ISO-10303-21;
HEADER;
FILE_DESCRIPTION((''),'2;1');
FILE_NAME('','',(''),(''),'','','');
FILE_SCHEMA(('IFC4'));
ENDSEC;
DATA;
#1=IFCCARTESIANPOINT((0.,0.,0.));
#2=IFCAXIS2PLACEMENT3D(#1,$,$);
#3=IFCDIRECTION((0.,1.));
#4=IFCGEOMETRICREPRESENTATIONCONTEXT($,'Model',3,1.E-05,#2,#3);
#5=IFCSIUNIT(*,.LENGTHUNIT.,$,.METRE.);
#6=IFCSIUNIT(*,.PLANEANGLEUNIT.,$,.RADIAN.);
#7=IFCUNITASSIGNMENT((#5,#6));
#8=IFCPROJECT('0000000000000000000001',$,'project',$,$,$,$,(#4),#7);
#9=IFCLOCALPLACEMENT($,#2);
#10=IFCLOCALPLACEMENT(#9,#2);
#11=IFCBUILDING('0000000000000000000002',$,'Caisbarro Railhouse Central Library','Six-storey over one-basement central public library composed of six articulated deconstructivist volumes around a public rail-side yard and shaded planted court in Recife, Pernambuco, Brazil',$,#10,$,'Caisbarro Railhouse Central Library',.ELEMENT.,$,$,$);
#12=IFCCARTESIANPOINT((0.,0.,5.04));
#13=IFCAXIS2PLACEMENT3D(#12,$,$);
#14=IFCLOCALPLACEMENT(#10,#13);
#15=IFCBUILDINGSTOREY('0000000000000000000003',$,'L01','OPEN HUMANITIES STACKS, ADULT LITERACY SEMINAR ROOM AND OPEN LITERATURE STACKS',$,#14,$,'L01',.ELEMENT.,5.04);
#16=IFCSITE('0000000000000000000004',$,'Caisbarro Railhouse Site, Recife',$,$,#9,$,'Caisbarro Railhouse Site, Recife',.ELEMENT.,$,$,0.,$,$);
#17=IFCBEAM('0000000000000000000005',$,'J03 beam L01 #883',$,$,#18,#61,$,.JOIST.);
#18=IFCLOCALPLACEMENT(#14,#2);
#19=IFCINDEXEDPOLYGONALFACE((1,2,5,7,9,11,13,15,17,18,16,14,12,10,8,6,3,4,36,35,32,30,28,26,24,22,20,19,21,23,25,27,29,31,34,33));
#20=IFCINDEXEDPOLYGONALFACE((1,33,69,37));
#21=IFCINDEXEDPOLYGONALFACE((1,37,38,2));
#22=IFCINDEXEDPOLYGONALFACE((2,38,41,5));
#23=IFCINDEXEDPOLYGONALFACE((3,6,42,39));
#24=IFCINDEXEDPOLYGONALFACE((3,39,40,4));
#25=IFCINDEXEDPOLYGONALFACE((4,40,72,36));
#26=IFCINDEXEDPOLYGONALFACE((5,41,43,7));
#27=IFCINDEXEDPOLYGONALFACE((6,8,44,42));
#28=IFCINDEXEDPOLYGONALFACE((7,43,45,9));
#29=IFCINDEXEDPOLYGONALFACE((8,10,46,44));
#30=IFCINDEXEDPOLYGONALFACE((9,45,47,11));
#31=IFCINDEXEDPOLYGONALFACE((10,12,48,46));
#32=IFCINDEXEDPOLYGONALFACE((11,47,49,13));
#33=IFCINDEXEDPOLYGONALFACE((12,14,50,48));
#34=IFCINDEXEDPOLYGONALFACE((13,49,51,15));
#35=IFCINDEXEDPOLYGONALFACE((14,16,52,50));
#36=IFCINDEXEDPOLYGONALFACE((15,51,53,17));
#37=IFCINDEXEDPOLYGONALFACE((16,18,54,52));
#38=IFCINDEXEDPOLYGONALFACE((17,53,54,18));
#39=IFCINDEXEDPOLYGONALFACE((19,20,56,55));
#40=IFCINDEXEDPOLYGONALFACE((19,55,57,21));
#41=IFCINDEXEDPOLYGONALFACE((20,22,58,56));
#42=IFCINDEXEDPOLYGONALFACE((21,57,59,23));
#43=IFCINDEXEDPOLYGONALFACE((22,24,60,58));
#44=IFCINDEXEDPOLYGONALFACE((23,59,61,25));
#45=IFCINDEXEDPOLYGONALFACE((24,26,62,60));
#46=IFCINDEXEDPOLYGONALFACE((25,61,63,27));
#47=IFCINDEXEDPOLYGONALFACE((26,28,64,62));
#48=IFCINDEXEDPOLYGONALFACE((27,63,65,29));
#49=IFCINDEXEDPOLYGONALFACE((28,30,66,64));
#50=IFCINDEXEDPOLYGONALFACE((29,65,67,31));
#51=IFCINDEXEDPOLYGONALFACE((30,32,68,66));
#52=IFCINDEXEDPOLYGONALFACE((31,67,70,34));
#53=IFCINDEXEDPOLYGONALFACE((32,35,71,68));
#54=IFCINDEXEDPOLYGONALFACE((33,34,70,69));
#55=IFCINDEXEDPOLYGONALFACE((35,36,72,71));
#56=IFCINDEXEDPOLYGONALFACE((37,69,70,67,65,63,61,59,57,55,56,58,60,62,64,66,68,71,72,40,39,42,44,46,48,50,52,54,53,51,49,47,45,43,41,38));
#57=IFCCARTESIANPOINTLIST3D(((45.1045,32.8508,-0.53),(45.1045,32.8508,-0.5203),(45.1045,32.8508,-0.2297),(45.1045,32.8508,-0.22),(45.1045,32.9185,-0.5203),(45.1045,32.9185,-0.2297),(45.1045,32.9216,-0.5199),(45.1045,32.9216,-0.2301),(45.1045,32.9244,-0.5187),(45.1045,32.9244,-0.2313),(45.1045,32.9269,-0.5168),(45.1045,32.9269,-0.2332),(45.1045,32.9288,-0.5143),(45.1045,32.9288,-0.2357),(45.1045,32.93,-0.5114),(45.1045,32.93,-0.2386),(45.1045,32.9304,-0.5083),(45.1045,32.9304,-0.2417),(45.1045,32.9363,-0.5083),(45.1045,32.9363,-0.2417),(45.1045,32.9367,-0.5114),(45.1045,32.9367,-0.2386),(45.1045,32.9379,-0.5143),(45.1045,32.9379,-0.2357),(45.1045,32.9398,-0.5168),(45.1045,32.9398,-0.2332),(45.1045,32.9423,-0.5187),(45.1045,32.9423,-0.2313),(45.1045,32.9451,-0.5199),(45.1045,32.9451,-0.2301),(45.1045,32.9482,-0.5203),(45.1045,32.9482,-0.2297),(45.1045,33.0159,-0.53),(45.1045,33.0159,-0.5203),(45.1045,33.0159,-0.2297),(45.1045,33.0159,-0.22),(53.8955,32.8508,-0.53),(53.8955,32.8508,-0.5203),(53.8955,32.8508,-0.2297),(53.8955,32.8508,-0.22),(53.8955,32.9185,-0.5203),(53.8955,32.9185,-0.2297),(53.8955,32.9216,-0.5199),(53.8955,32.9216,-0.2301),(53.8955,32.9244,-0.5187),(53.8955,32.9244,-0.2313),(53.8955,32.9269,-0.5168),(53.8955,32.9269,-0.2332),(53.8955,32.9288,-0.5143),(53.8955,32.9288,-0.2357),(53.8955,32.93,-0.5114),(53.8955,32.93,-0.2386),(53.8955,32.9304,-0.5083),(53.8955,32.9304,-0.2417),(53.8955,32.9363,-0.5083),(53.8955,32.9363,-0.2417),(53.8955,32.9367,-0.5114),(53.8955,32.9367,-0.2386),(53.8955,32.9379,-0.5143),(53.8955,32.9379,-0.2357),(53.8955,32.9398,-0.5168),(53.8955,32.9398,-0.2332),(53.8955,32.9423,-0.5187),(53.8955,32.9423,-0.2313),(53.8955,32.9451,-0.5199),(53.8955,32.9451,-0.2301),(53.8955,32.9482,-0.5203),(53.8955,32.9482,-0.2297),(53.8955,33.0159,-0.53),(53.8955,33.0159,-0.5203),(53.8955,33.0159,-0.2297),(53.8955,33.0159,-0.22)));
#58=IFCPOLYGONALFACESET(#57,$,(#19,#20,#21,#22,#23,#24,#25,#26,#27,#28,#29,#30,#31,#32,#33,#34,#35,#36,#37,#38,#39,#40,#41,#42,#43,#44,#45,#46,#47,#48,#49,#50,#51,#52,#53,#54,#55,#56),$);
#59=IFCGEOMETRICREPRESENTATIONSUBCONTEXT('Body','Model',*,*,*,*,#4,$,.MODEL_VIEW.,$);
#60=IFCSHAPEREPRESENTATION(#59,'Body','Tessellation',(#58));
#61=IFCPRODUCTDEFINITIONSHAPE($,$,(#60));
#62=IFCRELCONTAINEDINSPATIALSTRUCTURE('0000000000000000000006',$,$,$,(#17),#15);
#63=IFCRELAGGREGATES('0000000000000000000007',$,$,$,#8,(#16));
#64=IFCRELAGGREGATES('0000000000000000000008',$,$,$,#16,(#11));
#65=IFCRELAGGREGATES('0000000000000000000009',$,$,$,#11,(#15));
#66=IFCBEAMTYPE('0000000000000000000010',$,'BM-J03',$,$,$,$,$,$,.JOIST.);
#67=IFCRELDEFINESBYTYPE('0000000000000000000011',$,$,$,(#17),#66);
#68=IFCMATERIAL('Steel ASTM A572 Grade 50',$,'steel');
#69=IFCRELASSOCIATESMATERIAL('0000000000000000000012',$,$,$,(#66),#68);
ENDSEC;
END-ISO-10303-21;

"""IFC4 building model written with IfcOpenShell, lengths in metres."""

from ifc_helpers import new_model, si_unit, direction, frame, origin, origin_2d, place, context, subcontext, project, spatial, i_section, extrude, material, material_profile, profile_set, type_object, element, save


model = new_model("IFC4")

# Units and contexts
model_context = context("Model", 3, precision=1e-05, world=origin(), true_north=direction((0.0, 1.0)))
body_context = subcontext(model_context, "Body", "Model", "MODEL_VIEW")
ifc_project = project(units=[si_unit("LENGTHUNIT", "METRE"), si_unit("PLANEANGLEUNIT", "RADIAN")], contexts=[model_context])

# Site, building, storey
site_placement = place(None, origin())
site = spatial("IfcSite", under=ifc_project, at=site_placement, Name="Caisbarro Railhouse Site, Recife", LongName="Caisbarro Railhouse Site, Recife", CompositionType="ELEMENT", RefElevation=0.0)
building_placement = place(site_placement, origin())
building = spatial("IfcBuilding", under=site, at=building_placement, Name="Caisbarro Railhouse Central Library", Description="Six-storey over one-basement central public library composed of six articulated deconstructivist volumes around a public rail-side yard and shaded planted court in Recife, Pernambuco, Brazil", LongName="Caisbarro Railhouse Central Library", CompositionType="ELEMENT")
storey_placement = place(building_placement, frame((0.0, 0.0, 5.04)))
storey = spatial("IfcBuildingStorey", under=building, at=storey_placement, Name="L01", Description="OPEN HUMANITIES STACKS, ADULT LITERACY SEMINAR ROOM AND OPEN LITERATURE STACKS", LongName="L01", CompositionType="ELEMENT", Elevation=5.04)

# Shared definitions
ifc_material = material(Name="Steel ASTM A572 Grade 50", Category="steel")

# Beam
ifc_material_profile_1 = material_profile(ifc_material, i_section(OverallWidth=0.165, OverallDepth=0.3101, WebThickness=0.0059, FlangeThickness=0.0098, FilletRadius=0.012, at=origin_2d()), Name="W310X38.7")
ifc_profile_set_1 = profile_set([ifc_material_profile_1], Name="Steel ASTM A572 Grade 50")
beam_type_1 = type_object("IfcBeamType", Name="BM-J03", PredefinedType="JOIST", material=ifc_profile_set_1)
for number, where, z_axis, x_axis, name in (
    (1, (45.1045, 32.9333, -0.375), (1.0, 0.0, 0.0), (0.0, 1.0, 0.0), "J03 beam L01 #883"),
):
    element("IfcBeam", number, at=place(storey_placement, frame(where, z_axis=z_axis, x_axis=x_axis)), inside=storey, type_object=beam_type_1, Name=name, PredefinedType="JOIST", context=body_context, shape_type="SweptSolid", body=[
        extrude(i_section(OverallWidth=0.165, OverallDepth=0.3101, WebThickness=0.0059, FlangeThickness=0.0098, FilletRadius=0.012, at=origin_2d()), origin(), (0.0, 0.0, 1.0), 8.791),
    ])

save(model, "model.ifc")
